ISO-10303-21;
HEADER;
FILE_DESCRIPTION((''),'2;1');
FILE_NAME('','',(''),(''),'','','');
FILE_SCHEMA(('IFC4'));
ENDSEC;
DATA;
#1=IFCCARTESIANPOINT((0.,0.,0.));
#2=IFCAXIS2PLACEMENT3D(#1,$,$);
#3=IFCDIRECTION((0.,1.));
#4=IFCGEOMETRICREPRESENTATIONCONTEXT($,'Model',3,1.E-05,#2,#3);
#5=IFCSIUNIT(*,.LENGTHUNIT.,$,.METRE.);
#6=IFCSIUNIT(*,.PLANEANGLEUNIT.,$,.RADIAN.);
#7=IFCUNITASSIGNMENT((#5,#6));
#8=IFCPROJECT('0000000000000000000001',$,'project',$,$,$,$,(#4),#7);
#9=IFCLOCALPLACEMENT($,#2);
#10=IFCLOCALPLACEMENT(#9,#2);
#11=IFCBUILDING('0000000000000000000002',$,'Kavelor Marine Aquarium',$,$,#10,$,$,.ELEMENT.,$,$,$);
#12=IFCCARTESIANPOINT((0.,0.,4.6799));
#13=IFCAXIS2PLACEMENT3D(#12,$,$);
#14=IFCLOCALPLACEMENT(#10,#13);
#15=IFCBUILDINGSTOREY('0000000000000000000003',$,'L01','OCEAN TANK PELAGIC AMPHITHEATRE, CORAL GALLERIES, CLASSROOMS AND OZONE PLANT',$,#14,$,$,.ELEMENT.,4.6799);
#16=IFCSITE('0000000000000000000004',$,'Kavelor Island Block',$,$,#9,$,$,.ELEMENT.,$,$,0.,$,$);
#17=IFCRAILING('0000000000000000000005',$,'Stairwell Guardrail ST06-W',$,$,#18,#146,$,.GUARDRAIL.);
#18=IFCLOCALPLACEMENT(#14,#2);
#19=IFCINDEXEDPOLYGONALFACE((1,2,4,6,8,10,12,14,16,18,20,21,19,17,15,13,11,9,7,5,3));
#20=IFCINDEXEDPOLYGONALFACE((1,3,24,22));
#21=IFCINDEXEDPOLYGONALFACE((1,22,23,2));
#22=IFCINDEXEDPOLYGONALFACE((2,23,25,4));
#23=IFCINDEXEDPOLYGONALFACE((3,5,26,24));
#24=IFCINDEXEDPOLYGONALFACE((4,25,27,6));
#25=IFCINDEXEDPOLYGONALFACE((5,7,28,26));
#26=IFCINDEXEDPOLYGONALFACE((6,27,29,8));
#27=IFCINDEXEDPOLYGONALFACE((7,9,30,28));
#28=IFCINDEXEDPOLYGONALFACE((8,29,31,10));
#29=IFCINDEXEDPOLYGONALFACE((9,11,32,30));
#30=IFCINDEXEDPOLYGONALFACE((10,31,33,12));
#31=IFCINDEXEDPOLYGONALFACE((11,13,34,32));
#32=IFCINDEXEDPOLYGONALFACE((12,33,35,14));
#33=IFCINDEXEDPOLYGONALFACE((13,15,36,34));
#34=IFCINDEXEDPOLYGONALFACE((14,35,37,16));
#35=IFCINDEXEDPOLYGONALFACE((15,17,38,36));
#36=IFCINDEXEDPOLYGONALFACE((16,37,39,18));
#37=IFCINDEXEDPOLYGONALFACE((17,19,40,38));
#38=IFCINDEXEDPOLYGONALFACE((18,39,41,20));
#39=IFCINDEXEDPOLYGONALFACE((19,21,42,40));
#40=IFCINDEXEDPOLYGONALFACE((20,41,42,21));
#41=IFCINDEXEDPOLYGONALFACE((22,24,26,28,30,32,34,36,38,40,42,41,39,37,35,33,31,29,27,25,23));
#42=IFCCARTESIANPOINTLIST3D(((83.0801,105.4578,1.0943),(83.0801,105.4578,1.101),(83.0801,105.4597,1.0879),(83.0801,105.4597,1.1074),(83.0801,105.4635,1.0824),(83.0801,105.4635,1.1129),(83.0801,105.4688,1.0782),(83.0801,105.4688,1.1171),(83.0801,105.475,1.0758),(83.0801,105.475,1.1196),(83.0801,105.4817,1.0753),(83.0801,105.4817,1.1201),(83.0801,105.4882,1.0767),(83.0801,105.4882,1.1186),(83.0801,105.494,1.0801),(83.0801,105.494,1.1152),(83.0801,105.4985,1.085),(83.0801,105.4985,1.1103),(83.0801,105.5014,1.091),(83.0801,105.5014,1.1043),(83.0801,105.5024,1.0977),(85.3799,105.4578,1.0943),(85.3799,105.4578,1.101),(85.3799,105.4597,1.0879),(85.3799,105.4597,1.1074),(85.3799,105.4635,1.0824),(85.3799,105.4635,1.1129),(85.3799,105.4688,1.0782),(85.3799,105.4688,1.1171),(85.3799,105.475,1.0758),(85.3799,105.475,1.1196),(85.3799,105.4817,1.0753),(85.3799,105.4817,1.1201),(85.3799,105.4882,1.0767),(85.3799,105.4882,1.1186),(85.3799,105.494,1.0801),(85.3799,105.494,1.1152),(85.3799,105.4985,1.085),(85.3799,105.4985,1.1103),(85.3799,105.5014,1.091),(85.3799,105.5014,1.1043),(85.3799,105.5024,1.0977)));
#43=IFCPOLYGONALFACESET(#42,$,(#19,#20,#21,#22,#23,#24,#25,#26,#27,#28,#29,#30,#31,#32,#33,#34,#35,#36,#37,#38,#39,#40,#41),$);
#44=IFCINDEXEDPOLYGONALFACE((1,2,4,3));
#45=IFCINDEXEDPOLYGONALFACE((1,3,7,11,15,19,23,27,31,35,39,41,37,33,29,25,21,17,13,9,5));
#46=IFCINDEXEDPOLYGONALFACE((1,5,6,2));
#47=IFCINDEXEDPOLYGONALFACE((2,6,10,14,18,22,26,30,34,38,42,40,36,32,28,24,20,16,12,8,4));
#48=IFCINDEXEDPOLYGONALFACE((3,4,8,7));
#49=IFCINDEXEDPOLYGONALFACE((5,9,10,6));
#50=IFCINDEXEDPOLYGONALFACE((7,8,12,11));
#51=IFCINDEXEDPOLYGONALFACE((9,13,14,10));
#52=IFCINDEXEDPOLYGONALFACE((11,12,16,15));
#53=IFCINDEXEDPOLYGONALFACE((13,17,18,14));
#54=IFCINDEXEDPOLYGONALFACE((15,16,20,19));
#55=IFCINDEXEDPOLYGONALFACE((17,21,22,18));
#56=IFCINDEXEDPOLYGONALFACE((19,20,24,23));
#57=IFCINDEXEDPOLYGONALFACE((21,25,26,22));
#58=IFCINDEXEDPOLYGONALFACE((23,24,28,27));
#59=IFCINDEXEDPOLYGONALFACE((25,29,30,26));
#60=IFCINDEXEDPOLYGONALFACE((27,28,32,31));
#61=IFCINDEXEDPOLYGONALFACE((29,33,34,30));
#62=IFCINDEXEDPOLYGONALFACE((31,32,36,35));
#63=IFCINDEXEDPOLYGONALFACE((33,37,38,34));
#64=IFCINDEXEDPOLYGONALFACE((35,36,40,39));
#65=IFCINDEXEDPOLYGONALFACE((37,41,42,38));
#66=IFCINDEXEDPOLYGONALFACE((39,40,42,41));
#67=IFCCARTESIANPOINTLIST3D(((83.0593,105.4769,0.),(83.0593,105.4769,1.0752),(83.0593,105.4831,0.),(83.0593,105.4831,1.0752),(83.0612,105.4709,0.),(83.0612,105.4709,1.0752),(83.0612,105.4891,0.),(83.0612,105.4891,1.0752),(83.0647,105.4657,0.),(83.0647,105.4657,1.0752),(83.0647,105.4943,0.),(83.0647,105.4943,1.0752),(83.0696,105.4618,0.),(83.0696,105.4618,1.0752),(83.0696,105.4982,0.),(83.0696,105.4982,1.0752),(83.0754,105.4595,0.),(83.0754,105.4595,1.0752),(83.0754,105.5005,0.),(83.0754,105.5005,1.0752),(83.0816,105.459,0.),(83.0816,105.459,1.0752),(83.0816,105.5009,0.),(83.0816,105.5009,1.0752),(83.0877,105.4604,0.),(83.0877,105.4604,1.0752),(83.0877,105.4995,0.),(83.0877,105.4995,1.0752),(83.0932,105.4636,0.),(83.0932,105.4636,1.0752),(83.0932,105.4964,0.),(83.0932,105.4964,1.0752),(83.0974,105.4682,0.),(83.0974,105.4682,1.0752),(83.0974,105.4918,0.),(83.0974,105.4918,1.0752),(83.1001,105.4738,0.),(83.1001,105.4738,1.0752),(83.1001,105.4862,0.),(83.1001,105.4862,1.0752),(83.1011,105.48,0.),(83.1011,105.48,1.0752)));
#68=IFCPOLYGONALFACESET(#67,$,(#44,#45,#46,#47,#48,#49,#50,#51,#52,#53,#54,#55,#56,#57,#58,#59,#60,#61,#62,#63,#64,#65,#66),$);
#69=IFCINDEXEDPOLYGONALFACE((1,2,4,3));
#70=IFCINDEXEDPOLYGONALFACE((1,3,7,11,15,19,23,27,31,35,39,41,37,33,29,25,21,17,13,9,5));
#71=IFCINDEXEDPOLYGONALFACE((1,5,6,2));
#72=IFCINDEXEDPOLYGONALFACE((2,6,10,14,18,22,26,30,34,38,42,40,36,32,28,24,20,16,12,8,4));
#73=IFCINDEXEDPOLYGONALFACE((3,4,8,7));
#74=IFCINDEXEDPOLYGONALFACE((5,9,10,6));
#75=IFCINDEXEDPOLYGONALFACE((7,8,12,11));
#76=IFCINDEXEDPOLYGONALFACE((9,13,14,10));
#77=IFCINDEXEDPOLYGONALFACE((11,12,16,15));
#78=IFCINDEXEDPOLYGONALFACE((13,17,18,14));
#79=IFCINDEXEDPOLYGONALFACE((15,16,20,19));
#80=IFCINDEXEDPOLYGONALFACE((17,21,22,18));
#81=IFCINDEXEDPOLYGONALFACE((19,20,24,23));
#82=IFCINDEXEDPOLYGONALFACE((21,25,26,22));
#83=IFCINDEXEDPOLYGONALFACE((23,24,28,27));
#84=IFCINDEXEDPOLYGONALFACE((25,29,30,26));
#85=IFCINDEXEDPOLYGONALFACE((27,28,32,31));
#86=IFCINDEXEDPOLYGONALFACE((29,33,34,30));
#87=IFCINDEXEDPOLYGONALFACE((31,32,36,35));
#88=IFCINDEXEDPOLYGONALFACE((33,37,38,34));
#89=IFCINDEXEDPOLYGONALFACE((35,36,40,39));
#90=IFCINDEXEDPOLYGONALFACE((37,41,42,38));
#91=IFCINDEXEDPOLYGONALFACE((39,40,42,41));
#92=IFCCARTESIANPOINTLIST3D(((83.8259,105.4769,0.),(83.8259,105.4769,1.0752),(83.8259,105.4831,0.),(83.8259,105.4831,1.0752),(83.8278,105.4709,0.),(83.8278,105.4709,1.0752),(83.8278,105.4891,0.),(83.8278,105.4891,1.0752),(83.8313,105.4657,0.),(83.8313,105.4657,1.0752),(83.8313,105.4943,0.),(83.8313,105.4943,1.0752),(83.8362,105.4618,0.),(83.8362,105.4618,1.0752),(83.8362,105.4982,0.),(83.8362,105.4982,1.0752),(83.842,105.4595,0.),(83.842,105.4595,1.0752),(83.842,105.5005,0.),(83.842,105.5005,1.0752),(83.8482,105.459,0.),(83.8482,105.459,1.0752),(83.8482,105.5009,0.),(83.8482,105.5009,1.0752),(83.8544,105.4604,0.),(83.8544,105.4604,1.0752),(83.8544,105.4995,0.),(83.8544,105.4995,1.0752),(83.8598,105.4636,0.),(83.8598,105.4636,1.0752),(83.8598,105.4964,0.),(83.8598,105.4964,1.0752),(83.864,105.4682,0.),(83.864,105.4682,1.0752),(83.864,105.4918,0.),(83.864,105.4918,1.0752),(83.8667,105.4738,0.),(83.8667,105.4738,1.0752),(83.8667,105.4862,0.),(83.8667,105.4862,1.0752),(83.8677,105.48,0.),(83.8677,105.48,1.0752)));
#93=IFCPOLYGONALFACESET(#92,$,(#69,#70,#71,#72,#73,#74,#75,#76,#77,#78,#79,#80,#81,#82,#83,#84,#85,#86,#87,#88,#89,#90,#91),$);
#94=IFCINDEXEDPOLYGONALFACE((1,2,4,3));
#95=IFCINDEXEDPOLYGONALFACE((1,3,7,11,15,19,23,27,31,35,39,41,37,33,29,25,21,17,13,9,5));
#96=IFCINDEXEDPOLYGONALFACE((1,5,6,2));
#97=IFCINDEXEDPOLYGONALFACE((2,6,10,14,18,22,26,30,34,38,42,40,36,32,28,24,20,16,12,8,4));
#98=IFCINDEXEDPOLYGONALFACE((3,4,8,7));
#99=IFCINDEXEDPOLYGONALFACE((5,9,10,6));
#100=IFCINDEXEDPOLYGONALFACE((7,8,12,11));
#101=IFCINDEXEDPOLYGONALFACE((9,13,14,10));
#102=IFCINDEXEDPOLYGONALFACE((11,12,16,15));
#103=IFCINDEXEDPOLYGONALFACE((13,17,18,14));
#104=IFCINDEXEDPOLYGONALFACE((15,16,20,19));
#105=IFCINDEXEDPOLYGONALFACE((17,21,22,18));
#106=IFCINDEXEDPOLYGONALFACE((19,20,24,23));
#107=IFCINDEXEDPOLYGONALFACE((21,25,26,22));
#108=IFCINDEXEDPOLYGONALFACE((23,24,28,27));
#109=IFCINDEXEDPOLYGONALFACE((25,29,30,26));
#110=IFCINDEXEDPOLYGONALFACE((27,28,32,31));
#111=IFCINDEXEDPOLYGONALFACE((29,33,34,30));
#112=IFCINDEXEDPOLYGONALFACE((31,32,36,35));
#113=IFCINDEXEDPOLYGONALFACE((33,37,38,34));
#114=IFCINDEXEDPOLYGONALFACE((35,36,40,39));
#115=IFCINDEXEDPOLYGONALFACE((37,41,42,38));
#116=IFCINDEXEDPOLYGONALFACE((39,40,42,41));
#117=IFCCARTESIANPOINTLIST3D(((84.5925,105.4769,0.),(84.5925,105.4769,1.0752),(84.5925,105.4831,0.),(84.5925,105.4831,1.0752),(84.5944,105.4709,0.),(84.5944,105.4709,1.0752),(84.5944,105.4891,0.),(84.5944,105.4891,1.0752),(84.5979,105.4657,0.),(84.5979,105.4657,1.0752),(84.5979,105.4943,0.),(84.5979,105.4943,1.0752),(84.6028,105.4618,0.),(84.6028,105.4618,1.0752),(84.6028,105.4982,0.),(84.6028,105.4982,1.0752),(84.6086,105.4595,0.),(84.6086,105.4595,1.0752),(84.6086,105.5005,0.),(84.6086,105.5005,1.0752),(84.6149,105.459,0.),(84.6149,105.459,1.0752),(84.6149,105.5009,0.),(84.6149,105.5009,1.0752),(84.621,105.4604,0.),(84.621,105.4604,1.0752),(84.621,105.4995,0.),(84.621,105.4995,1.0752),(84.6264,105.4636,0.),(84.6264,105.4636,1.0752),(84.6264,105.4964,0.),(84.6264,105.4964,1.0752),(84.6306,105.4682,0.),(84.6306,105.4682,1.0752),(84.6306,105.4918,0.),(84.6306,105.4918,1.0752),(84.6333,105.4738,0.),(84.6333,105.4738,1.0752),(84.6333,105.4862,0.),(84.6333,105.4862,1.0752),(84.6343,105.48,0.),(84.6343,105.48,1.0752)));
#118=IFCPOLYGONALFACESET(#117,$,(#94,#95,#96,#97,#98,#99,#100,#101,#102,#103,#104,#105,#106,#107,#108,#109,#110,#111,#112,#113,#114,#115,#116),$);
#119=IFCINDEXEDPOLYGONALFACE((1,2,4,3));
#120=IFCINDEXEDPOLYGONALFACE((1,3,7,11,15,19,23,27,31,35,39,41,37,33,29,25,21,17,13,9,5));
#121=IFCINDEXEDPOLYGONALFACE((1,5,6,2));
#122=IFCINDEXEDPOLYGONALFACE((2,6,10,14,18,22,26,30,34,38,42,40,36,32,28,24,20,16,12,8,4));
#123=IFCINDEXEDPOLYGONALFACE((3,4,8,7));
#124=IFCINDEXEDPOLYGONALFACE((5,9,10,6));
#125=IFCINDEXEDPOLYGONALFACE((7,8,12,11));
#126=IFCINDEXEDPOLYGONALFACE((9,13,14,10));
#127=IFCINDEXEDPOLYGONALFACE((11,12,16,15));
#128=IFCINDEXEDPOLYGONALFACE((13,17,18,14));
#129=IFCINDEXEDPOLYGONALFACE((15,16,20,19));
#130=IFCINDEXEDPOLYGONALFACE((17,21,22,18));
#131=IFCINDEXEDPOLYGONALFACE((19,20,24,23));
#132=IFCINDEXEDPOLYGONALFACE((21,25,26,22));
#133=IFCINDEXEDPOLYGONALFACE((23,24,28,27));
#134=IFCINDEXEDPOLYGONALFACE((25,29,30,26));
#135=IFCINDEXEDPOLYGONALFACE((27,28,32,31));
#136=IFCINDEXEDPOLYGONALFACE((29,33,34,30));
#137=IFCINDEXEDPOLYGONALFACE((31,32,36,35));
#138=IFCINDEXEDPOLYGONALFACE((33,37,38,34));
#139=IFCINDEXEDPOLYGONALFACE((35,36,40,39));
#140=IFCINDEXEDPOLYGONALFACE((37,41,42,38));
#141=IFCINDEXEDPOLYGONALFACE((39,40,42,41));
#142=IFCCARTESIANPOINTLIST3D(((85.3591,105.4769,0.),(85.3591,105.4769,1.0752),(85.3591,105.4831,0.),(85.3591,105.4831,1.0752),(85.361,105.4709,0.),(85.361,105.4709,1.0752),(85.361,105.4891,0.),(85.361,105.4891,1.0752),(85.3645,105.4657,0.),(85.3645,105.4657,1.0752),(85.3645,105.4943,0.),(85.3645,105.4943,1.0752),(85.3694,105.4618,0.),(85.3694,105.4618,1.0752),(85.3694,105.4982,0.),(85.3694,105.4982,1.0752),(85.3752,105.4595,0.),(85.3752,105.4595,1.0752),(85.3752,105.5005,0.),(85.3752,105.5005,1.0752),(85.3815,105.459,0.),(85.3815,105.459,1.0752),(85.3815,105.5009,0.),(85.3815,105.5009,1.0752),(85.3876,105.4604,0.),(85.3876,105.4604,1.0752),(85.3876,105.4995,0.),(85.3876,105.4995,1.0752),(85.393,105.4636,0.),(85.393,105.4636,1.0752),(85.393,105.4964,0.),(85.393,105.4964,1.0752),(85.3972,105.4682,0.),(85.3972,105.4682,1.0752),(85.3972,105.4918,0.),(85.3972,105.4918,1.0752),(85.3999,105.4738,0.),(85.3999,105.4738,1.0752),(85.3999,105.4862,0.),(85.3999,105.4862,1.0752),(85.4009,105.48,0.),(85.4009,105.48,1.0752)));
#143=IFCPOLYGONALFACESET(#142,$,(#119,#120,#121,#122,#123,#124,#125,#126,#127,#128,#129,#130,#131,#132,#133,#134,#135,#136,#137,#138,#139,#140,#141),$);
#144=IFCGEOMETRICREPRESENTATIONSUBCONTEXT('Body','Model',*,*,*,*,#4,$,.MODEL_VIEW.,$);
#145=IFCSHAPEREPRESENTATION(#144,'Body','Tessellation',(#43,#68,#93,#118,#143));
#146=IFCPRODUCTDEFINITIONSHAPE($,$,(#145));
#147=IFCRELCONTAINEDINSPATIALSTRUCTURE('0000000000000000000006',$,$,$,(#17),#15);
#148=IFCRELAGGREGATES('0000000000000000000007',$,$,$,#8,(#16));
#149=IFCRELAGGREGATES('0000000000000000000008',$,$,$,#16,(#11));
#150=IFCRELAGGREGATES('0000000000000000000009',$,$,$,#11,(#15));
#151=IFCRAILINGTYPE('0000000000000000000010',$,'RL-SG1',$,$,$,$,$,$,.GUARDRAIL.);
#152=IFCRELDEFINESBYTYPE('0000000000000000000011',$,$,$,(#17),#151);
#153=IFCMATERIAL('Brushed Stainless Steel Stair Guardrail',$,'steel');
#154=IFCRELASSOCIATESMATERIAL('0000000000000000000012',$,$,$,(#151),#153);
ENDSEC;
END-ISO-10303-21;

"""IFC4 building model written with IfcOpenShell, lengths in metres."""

from ifc_helpers import new_model, si_unit, direction, frame, origin, origin_2d, place, context, subcontext, project, spatial, circle, extrude, material, type_object, element, save


model = new_model("IFC4")

# Units and contexts
model_context = context("Model", 3, precision=1e-05, world=origin(), true_north=direction((0.0, 1.0)))
body_context = subcontext(model_context, "Body", "Model", "MODEL_VIEW")
ifc_project = project(units=[si_unit("LENGTHUNIT", "METRE"), si_unit("PLANEANGLEUNIT", "RADIAN")], contexts=[model_context])

# Site, building, storey
site_placement = place(None, origin())
site = spatial("IfcSite", under=ifc_project, at=site_placement, Name="Kavelor Island Block", CompositionType="ELEMENT", RefElevation=0.0)
building_placement = place(site_placement, origin())
building = spatial("IfcBuilding", under=site, at=building_placement, Name="Kavelor Marine Aquarium", CompositionType="ELEMENT")
storey_placement = place(building_placement, frame((0.0, 0.0, 4.6799)))
storey = spatial("IfcBuildingStorey", under=building, at=storey_placement, Name="L01", Description="OCEAN TANK PELAGIC AMPHITHEATRE, CORAL GALLERIES, CLASSROOMS AND OZONE PLANT", CompositionType="ELEMENT", Elevation=4.6799)

# Railing
ifc_material_1 = material(Name="Brushed Stainless Steel Stair Guardrail", Category="steel")
railing_type_1 = type_object("IfcRailingType", Name="RL-SG1", PredefinedType="GUARDRAIL", material=ifc_material_1)
railing_1_placement = place(storey_placement, frame((83.0801, 105.48, 0.0)))
element("IfcRailing", 1, at=railing_1_placement, inside=storey, type_object=railing_type_1, Name="Stairwell Guardrail ST06-W", PredefinedType="GUARDRAIL", context=body_context, shape_type="SweptSolid", body=[
    extrude(circle(Radius=0.0225, at=origin_2d()), frame((0.0, 0.0, 1.0977), z_axis=(1.0, 0.0, 0.0), x_axis=(0.0, 1.0, 0.0)), (0.0, 0.0, 1.0), 2.2998),
    extrude(circle(Radius=0.021, at=origin_2d()), origin(), (0.0, 0.0, 1.0), 1.0752),
    extrude(circle(Radius=0.021, at=origin_2d()), frame((0.7666, 0.0, 0.0)), (0.0, 0.0, 1.0), 1.0752),
    extrude(circle(Radius=0.021, at=origin_2d()), frame((1.5332, 0.0, 0.0)), (0.0, 0.0, 1.0), 1.0752),
    extrude(circle(Radius=0.021, at=origin_2d()), frame((2.2998, 0.0, 0.0)), (0.0, 0.0, 1.0), 1.0752),
])

save(model, "model.ifc")
